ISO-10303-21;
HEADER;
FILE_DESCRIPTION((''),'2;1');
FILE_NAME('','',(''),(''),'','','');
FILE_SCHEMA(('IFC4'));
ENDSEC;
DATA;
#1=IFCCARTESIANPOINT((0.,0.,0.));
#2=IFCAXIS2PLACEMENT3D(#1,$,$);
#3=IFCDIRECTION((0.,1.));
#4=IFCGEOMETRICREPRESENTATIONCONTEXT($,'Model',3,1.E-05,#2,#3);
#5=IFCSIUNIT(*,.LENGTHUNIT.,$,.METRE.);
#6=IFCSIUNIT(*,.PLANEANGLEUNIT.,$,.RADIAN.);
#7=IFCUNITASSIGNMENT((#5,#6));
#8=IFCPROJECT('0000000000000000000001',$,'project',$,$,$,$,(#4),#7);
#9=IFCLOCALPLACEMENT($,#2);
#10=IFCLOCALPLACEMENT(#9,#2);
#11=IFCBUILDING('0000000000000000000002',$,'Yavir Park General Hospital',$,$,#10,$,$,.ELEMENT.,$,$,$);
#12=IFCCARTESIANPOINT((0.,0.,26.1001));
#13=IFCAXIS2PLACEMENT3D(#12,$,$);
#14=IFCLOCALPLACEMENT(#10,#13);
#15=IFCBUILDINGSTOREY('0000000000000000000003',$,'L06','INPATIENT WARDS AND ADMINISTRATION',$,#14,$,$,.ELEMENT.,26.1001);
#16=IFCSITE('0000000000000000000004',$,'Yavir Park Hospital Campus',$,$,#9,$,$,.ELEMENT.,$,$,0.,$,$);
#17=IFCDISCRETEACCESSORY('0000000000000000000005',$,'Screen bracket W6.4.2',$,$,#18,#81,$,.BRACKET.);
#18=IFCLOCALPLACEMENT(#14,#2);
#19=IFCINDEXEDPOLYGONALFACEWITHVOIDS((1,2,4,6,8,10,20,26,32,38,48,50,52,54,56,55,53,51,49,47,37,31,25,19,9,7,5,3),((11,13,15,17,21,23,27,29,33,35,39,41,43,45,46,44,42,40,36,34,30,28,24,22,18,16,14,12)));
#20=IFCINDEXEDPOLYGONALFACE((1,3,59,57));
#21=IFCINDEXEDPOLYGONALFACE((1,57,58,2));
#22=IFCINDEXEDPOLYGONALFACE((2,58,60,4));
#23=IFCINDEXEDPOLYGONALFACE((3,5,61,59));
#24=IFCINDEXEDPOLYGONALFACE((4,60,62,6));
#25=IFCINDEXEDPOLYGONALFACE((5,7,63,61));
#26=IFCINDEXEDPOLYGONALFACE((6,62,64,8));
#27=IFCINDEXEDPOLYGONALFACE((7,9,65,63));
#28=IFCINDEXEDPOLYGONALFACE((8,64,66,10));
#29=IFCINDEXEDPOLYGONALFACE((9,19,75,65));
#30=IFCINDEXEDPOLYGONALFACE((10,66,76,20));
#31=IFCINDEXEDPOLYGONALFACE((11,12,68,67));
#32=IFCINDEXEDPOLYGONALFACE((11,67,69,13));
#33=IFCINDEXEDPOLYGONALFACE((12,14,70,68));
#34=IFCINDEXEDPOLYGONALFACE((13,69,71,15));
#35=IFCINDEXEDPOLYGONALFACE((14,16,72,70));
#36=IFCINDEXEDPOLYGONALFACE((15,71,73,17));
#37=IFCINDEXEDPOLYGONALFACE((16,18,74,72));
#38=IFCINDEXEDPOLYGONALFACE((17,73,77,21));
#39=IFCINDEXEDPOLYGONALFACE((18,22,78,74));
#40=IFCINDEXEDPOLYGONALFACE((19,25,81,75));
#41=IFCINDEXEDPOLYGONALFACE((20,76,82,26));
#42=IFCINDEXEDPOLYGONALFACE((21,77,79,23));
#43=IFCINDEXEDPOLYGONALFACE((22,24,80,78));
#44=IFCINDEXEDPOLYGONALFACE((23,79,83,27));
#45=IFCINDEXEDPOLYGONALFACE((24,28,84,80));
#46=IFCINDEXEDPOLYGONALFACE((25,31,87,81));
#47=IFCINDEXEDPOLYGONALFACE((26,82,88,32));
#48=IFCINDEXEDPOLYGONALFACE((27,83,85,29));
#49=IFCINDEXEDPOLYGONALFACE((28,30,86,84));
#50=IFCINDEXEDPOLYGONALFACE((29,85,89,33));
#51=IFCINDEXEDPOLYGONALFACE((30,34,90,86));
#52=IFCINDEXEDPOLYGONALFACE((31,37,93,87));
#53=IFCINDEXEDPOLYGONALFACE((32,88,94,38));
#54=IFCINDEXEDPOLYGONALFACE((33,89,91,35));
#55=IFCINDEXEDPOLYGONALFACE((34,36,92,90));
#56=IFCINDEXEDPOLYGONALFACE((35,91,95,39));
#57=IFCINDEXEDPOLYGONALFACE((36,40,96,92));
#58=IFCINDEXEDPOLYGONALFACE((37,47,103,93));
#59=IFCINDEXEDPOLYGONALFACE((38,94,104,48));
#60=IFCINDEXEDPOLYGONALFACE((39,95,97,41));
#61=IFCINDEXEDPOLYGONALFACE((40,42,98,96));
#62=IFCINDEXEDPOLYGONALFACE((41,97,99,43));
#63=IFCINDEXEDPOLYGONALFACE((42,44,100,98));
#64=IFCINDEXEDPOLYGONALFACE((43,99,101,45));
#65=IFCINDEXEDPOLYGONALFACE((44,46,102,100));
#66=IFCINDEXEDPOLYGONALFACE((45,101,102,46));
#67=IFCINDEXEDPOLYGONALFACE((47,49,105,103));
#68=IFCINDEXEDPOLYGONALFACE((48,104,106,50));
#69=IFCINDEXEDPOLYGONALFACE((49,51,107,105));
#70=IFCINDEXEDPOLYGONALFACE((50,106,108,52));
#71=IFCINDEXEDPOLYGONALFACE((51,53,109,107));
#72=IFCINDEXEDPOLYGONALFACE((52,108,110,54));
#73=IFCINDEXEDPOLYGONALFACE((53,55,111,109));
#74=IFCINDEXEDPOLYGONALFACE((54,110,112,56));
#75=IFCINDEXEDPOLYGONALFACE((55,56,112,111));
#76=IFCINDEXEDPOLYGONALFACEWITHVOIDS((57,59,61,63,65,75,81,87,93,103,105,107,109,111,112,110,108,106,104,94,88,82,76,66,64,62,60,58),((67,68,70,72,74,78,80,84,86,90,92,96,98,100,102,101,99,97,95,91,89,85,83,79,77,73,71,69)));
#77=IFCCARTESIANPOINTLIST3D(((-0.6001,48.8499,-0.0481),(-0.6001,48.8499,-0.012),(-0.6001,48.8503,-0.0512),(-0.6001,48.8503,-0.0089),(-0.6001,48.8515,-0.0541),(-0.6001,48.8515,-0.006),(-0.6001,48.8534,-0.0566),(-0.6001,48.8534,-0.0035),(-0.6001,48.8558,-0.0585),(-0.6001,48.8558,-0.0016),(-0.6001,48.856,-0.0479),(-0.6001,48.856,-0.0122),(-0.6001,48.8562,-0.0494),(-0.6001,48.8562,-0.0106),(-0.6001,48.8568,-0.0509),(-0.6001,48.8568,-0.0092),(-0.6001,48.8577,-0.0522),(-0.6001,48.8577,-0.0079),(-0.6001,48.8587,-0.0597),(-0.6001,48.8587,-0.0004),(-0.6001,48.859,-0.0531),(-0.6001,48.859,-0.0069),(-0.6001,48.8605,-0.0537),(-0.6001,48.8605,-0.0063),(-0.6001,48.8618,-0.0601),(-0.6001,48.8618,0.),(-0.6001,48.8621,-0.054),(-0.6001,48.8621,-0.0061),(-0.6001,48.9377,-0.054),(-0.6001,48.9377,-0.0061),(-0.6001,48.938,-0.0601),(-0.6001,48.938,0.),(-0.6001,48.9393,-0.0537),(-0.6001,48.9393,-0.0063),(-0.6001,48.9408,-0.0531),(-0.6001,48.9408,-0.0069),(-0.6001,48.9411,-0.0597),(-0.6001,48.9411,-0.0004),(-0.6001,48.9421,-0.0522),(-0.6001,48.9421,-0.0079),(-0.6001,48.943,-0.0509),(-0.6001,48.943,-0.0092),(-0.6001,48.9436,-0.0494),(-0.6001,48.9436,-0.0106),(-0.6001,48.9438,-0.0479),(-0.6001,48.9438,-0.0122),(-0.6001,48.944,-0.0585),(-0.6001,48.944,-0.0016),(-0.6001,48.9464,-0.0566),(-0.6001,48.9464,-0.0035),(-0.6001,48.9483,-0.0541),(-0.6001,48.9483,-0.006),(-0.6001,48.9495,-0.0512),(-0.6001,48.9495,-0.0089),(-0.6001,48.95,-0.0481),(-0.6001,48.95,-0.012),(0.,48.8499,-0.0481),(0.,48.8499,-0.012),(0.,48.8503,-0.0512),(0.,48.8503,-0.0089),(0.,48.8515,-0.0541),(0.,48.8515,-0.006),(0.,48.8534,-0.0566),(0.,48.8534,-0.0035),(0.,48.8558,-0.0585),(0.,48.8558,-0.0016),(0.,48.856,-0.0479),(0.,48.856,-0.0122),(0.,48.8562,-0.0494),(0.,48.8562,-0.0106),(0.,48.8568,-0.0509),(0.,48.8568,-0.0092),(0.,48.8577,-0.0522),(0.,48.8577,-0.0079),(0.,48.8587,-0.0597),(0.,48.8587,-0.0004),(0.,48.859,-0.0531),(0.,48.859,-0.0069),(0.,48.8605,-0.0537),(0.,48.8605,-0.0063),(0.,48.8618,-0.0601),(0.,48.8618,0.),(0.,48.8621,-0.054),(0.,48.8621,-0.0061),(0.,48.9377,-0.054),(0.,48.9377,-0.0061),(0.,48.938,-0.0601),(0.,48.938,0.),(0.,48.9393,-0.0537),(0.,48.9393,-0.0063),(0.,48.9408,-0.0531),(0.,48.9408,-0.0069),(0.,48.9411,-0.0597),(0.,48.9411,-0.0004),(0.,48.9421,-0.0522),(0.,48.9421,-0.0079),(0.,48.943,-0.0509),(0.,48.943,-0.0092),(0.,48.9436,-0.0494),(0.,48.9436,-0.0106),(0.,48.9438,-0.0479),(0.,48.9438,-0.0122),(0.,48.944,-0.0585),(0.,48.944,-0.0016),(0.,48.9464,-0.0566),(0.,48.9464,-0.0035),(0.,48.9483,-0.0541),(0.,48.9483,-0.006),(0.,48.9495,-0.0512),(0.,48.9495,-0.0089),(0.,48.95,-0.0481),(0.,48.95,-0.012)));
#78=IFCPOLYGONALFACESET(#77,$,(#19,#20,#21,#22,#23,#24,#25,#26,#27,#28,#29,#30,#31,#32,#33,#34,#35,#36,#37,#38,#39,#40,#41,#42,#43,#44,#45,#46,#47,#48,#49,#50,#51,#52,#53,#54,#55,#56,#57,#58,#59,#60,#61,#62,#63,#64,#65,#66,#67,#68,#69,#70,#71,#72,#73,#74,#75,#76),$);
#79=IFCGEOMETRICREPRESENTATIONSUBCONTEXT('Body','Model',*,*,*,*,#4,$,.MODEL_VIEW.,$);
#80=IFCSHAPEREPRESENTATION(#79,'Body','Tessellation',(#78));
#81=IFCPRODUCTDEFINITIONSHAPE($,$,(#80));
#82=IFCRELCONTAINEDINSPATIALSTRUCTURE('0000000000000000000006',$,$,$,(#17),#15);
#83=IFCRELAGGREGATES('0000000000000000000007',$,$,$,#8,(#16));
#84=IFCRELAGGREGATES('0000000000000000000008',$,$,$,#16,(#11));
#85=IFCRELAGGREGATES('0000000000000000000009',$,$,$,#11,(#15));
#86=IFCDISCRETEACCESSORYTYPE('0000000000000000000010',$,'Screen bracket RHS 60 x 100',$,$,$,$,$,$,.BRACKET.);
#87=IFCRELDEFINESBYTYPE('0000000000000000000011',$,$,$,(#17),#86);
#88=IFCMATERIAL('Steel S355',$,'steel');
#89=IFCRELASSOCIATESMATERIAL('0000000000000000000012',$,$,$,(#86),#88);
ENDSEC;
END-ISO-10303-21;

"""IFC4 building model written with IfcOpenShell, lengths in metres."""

from ifc_helpers import new_model, si_unit, direction, frame, origin, origin_2d, place, context, subcontext, project, spatial, hollow_rectangle, extrude, material, material_profile, profile_set, type_object, element, save


model = new_model("IFC4")

# Units and contexts
model_context = context("Model", 3, precision=1e-05, world=origin(), true_north=direction((0.0, 1.0)))
body_context = subcontext(model_context, "Body", "Model", "MODEL_VIEW")
ifc_project = project(units=[si_unit("LENGTHUNIT", "METRE"), si_unit("PLANEANGLEUNIT", "RADIAN")], contexts=[model_context])

# Site, building, storey
site_placement = place(None, origin())
site = spatial("IfcSite", under=ifc_project, at=site_placement, Name="Yavir Park Hospital Campus", CompositionType="ELEMENT", RefElevation=0.0)
building_placement = place(site_placement, origin())
building = spatial("IfcBuilding", under=site, at=building_placement, Name="Yavir Park General Hospital", CompositionType="ELEMENT")
storey_placement = place(building_placement, frame((0.0, 0.0, 26.1001)))
storey = spatial("IfcBuildingStorey", under=building, at=storey_placement, Name="L06", Description="INPATIENT WARDS AND ADMINISTRATION", CompositionType="ELEMENT", Elevation=26.1001)

# Discrete accessory
ifc_material_1 = material(Name="Steel S355", Category="steel")
ifc_material_profile_1 = material_profile(ifc_material_1, hollow_rectangle(XDim=0.1001, YDim=0.0601, WallThickness=0.0061, InnerFilletRadius=0.0061, OuterFilletRadius=0.012, at=origin_2d()), Name="RHS60x100x6")
ifc_profile_set_1 = profile_set([ifc_material_profile_1], Name="Steel S355")
discrete_accessory_type = type_object("IfcDiscreteAccessoryType", Name="Screen bracket RHS 60 x 100", PredefinedType="BRACKET", material=ifc_profile_set_1)
for number, where, z_axis, x_axis, name in (
    (1, (0.0, 48.8999, -0.03), (-1.0, 0.0, 0.0), (0.0, -1.0, 0.0), "Screen bracket W6.4.2"),
):
    element("IfcDiscreteAccessory", number, at=place(storey_placement, frame(where, z_axis=z_axis, x_axis=x_axis)), inside=storey, type_object=discrete_accessory_type, Name=name, PredefinedType="BRACKET", context=body_context, shape_type="SweptSolid", body=[
        extrude(hollow_rectangle(XDim=0.1001, YDim=0.0601, WallThickness=0.0061, InnerFilletRadius=0.0061, OuterFilletRadius=0.012, at=origin_2d()), origin(), (0.0, 0.0, 1.0), 0.6001),
    ])

save(model, "model.ifc")
